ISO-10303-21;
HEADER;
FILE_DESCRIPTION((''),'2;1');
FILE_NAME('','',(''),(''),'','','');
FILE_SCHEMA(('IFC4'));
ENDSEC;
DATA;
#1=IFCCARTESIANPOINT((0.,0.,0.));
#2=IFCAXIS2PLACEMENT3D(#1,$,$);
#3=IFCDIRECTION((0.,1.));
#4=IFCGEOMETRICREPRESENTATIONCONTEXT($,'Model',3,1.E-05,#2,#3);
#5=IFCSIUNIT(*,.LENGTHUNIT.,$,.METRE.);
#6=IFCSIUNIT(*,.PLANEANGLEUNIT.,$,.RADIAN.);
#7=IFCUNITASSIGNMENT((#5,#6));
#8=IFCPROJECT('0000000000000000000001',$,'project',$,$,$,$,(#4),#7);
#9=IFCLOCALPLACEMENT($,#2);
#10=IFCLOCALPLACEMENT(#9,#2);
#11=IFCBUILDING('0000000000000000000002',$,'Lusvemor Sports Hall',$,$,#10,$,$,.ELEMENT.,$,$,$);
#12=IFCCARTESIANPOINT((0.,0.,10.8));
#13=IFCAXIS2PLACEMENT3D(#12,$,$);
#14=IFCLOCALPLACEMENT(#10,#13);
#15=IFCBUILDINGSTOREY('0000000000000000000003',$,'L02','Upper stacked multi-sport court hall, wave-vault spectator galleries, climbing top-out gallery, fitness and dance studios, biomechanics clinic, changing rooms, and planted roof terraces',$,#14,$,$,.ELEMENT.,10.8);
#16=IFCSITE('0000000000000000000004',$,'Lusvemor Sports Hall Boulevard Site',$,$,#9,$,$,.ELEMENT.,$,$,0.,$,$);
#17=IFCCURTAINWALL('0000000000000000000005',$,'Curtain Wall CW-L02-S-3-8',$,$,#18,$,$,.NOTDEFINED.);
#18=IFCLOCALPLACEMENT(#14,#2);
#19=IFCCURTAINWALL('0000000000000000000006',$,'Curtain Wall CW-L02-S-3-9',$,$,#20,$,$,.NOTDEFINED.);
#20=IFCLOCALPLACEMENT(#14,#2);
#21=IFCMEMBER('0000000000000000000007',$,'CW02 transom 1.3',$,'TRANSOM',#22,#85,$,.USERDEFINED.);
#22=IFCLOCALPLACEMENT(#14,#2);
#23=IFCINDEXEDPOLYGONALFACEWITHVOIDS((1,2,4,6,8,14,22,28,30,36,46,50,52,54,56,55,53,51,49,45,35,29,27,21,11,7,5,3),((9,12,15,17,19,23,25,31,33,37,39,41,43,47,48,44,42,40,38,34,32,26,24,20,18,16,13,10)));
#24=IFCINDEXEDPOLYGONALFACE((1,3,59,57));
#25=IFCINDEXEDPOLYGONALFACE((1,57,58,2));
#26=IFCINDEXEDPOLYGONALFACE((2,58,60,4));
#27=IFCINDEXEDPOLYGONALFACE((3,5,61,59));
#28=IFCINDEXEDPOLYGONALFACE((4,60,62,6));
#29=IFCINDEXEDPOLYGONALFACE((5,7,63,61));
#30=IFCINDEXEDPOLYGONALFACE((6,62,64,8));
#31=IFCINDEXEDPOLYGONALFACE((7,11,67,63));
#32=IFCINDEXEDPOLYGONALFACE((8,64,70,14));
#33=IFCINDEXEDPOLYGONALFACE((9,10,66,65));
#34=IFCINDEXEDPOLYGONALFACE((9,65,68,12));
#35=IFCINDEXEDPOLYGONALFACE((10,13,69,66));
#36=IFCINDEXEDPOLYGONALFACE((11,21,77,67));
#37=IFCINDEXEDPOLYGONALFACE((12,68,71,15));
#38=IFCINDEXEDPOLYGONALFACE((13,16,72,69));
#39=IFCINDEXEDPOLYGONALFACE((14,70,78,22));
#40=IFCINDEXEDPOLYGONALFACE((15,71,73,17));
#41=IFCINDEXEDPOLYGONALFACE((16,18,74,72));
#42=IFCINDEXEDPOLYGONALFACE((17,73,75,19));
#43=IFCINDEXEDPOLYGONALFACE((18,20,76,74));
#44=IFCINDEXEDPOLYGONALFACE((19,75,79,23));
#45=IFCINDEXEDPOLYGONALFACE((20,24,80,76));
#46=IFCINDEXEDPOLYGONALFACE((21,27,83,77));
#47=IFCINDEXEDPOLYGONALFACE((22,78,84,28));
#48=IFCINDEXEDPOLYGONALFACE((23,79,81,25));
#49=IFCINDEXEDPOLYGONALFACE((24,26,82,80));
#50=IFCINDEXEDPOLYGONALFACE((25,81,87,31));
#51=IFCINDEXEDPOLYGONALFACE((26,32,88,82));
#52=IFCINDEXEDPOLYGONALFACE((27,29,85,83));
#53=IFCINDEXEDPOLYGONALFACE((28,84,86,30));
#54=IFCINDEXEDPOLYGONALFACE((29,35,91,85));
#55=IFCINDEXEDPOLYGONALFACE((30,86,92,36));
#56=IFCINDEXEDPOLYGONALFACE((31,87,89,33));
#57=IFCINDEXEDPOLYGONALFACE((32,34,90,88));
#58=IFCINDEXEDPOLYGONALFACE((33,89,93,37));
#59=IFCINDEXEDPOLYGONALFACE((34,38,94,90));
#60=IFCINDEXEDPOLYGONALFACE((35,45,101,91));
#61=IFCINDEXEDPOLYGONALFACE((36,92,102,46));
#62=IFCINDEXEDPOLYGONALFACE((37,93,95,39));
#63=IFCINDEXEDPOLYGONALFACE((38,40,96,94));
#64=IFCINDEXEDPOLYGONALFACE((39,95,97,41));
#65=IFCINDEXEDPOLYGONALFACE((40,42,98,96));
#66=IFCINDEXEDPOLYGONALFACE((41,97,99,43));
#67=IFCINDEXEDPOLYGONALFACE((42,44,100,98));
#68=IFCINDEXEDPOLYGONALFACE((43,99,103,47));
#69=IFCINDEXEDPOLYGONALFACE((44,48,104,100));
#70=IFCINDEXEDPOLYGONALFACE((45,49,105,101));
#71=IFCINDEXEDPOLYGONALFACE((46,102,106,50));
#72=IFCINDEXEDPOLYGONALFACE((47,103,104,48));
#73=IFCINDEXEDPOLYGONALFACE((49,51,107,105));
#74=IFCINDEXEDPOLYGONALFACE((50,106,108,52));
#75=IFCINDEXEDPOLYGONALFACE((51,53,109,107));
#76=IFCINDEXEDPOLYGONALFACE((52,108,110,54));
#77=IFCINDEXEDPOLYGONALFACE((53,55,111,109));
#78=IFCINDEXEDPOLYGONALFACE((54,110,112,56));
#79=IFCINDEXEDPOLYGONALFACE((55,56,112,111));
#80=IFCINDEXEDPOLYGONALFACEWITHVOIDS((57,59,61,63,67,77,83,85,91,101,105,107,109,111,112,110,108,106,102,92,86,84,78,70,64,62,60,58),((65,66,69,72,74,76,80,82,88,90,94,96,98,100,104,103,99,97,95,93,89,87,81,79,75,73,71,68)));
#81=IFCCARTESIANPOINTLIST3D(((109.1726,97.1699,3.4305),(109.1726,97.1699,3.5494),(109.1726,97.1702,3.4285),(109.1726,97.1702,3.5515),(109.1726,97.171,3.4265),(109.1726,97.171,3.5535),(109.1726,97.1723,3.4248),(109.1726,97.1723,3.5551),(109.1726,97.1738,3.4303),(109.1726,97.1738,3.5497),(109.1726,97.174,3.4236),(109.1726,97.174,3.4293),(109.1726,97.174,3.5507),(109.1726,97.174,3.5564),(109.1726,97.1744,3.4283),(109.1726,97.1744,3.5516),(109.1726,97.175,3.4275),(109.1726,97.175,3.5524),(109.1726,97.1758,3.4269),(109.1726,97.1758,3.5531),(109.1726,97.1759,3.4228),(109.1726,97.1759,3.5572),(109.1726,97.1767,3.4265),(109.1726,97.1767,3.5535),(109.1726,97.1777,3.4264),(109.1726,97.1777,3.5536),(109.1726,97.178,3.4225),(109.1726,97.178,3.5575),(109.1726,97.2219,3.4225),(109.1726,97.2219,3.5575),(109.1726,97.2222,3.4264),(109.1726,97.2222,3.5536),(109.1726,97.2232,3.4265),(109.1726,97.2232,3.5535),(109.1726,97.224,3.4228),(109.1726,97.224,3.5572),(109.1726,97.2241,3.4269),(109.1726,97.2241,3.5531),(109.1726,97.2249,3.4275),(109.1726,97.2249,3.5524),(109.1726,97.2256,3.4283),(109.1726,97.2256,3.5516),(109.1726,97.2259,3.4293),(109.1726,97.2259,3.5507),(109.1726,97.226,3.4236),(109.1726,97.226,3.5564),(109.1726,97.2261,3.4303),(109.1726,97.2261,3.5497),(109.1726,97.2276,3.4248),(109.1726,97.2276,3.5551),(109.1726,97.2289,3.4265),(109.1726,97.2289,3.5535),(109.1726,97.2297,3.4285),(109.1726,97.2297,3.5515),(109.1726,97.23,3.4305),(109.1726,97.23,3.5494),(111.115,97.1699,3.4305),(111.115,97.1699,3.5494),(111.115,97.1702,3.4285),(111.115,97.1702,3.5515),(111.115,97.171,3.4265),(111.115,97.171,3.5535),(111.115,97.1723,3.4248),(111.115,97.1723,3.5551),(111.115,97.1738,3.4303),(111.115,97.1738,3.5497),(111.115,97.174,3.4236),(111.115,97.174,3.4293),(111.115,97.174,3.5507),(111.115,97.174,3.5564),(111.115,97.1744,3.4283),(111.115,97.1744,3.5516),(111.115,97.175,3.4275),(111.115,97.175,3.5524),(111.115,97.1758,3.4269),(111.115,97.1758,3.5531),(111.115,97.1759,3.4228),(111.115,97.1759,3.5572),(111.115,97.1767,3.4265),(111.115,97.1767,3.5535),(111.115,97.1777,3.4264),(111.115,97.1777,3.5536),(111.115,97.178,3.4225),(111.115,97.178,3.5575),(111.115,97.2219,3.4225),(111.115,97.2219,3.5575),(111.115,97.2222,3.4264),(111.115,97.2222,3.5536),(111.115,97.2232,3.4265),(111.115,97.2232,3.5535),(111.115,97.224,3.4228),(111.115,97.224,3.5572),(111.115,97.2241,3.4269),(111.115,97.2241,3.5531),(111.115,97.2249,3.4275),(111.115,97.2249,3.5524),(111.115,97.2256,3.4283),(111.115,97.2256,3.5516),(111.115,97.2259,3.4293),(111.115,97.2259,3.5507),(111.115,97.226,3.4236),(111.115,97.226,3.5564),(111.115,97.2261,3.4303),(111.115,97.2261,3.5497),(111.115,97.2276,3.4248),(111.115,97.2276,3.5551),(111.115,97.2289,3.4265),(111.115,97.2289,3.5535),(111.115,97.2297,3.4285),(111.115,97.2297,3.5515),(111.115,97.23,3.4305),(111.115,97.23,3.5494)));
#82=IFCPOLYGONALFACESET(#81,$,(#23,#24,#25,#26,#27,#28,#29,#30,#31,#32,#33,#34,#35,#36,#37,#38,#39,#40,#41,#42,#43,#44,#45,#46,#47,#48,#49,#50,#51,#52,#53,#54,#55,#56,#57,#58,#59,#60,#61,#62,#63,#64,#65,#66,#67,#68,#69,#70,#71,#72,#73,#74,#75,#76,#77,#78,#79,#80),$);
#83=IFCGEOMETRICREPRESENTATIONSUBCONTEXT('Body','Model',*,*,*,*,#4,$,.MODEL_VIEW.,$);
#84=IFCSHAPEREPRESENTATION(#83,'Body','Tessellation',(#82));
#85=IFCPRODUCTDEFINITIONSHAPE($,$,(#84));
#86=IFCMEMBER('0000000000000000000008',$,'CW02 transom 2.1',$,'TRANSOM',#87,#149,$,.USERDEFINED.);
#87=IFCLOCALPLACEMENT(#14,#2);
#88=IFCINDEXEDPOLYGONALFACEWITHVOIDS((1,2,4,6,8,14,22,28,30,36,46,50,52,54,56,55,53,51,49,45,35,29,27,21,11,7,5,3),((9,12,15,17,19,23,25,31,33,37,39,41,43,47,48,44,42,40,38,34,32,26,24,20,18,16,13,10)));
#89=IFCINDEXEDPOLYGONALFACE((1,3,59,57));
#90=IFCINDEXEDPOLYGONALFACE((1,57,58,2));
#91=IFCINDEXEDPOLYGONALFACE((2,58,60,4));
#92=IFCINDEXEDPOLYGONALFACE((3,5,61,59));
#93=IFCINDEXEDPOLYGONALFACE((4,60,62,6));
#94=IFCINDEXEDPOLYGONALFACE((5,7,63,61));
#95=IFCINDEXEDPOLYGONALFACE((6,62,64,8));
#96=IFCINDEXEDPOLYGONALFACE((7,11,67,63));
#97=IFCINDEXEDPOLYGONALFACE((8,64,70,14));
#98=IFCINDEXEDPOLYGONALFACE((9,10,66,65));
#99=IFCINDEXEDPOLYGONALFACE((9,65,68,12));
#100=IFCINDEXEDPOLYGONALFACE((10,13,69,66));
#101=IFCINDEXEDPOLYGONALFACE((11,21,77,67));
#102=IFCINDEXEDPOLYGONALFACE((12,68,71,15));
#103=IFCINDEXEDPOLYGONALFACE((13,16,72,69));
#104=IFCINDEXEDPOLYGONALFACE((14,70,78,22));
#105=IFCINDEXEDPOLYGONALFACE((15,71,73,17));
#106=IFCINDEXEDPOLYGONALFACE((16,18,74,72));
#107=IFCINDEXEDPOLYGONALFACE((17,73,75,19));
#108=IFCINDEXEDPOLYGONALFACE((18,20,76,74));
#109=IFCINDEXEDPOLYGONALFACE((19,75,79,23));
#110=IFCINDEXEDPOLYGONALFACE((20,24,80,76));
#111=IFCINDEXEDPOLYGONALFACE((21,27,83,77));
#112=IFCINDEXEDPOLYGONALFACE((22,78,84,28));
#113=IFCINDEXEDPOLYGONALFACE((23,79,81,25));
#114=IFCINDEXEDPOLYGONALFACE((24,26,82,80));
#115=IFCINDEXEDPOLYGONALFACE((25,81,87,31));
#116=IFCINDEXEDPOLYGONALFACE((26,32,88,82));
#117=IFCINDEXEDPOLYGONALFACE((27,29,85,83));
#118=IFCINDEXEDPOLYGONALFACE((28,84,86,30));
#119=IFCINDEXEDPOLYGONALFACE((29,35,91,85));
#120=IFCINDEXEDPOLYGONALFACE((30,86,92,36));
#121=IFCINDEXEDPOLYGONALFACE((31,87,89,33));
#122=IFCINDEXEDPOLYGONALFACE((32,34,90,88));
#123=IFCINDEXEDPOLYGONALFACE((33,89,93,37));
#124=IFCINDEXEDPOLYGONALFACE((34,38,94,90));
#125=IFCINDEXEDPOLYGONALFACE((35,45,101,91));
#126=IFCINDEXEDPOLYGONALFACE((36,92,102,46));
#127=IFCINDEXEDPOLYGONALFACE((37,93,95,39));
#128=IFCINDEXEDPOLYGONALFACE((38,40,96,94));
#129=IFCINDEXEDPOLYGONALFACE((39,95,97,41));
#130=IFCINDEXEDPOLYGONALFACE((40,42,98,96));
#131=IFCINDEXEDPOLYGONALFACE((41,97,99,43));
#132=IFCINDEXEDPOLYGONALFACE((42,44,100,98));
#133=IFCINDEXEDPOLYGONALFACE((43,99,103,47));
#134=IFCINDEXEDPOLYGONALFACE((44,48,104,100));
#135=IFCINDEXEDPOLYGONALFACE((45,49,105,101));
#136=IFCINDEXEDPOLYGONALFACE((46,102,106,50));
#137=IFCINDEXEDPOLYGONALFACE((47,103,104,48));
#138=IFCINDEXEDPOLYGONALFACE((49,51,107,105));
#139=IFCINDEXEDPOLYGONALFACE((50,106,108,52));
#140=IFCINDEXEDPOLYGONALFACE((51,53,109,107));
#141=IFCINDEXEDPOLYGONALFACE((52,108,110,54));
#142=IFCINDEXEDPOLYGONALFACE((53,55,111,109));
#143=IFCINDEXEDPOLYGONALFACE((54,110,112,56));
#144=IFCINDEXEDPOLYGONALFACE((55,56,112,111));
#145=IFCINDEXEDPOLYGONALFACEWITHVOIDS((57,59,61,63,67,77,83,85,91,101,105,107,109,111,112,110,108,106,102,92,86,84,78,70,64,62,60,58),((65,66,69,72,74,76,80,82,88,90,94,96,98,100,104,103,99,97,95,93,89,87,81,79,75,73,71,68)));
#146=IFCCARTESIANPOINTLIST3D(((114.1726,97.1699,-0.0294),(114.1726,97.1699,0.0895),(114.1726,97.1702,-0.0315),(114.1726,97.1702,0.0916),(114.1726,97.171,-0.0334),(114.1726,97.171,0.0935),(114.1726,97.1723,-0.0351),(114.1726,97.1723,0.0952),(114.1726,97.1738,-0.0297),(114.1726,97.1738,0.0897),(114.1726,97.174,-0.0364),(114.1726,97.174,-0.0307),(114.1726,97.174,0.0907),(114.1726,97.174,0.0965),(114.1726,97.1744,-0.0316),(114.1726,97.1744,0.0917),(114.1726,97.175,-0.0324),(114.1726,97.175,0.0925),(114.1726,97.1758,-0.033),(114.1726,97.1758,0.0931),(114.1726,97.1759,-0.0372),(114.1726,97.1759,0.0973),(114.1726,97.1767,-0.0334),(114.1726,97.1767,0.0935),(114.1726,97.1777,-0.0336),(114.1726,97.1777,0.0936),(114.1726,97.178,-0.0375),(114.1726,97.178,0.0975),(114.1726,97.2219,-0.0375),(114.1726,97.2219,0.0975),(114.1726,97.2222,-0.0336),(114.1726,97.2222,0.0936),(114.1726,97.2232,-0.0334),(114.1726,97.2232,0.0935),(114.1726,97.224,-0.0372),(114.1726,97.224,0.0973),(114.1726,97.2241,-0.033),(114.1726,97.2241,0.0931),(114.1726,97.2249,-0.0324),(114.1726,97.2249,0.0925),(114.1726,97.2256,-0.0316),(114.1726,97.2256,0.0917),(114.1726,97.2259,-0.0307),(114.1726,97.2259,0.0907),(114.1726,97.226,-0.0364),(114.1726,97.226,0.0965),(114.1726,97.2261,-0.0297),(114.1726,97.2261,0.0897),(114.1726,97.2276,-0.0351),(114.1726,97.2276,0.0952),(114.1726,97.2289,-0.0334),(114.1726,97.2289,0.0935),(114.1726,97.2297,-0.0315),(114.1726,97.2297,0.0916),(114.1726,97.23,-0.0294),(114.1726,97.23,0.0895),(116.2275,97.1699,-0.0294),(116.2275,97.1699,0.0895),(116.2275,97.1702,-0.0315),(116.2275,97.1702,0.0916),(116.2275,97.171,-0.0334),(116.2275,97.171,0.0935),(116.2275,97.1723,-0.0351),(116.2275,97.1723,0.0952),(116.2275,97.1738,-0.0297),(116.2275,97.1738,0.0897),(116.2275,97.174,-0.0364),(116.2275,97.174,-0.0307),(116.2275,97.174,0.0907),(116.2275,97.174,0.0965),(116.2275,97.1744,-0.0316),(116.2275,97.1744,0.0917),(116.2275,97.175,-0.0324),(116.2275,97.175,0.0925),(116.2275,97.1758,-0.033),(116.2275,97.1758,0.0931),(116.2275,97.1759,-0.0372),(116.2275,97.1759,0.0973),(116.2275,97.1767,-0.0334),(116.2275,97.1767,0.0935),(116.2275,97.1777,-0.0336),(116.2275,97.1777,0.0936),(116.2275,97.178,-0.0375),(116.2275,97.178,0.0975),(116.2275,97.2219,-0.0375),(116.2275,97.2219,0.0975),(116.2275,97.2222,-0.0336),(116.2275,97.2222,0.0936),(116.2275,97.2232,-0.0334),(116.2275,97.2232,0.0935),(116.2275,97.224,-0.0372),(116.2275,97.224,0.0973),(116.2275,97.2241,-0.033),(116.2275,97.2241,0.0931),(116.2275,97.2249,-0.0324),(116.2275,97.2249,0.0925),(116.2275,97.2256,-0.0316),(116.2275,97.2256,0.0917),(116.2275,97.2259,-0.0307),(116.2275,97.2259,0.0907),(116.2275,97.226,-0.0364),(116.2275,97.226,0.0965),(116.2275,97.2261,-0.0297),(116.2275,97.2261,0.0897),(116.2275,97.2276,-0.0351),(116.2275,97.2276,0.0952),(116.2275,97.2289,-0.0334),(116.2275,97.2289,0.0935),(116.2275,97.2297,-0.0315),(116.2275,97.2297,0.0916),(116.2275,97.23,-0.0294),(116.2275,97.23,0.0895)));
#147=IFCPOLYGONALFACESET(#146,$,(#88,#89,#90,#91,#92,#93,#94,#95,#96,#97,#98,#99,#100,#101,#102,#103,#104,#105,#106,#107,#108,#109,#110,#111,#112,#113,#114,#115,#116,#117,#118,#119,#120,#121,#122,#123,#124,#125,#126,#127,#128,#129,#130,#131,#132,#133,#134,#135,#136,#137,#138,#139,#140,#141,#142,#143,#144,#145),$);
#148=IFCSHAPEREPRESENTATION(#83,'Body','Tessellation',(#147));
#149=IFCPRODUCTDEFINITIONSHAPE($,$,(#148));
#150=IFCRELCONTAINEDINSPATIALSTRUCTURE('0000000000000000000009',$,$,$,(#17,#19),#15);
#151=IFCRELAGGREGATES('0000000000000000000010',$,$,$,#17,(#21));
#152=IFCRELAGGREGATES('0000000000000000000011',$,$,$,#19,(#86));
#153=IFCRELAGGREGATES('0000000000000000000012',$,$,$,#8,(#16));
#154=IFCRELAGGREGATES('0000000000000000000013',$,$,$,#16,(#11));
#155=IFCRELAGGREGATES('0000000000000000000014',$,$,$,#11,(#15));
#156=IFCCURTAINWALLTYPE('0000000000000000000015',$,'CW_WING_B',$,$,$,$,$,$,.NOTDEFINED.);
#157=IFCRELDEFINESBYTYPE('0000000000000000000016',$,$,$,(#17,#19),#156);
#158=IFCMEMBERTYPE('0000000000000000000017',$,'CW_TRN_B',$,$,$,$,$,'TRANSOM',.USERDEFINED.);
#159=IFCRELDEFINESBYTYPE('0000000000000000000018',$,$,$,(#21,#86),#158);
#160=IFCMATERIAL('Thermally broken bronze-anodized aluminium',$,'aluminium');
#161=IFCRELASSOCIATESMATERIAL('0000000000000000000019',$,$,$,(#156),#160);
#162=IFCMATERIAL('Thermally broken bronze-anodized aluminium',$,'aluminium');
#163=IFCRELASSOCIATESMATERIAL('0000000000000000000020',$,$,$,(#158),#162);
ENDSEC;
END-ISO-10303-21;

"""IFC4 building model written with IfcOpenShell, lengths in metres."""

from ifc_helpers import new_model, si_unit, direction, frame, origin, origin_2d, place, context, subcontext, project, spatial, hollow_rectangle, extrude, material, material_profile, profile_set, type_object, element, aggregate, save


model = new_model("IFC4")

# Units and contexts
model_context = context("Model", 3, precision=1e-05, world=origin(), true_north=direction((0.0, 1.0)))
body_context = subcontext(model_context, "Body", "Model", "MODEL_VIEW")
ifc_project = project(units=[si_unit("LENGTHUNIT", "METRE"), si_unit("PLANEANGLEUNIT", "RADIAN")], contexts=[model_context])

# Site, building, storey
site_placement = place(None, origin())
site = spatial("IfcSite", under=ifc_project, at=site_placement, Name="Lusvemor Sports Hall Boulevard Site", CompositionType="ELEMENT", RefElevation=0.0)
building_placement = place(site_placement, origin())
building = spatial("IfcBuilding", under=site, at=building_placement, Name="Lusvemor Sports Hall", CompositionType="ELEMENT")
storey_placement = place(building_placement, frame((0.0, 0.0, 10.8)))
storey = spatial("IfcBuildingStorey", under=building, at=storey_placement, Name="L02", Description="Upper stacked multi-sport court hall, wave-vault spectator galleries, climbing top-out gallery, fitness and dance studios, biomechanics clinic, changing rooms, and planted roof terraces", CompositionType="ELEMENT", Elevation=10.8)

# Curtain wall
ifc_material_1 = material(Name="Thermally broken bronze-anodized aluminium", Category="aluminium")
curtain_wall_type = type_object("IfcCurtainWallType", Name="CW_WING_B", PredefinedType="NOTDEFINED", material=ifc_material_1)
curtain_wall_1_placement = place(storey_placement, origin())
curtain_wall_1 = element("IfcCurtainWall", 1, at=curtain_wall_1_placement, inside=storey, type_object=curtain_wall_type, Name="Curtain Wall CW-L02-S-3-8", PredefinedType="NOTDEFINED")

# Curtain wall
curtain_wall_2_placement = place(storey_placement, origin())
curtain_wall_2 = element("IfcCurtainWall", 2, at=curtain_wall_2_placement, inside=storey, type_object=curtain_wall_type, Name="Curtain Wall CW-L02-S-3-9", PredefinedType="NOTDEFINED")

# Members
ifc_material_2 = material(Name="Thermally broken bronze-anodized aluminium", Category="aluminium")
ifc_material_profile_1 = material_profile(ifc_material_2, hollow_rectangle(XDim=0.0601, YDim=0.135, WallThickness=0.0039, InnerFilletRadius=0.0039, OuterFilletRadius=0.0081, at=origin_2d()), Name="CWTRN135x60x4")
ifc_profile_set_1 = profile_set([ifc_material_profile_1], Name="Thermally broken bronze-anodized aluminium")
member_type_1 = type_object("IfcMemberType", Name="CW_TRN_B", ElementType="TRANSOM", PredefinedType="USERDEFINED", material=ifc_profile_set_1)
member_1_placement = place(storey_placement, frame((111.115, 97.2, 3.49), z_axis=(-1.0, 0.0, 0.0), x_axis=(0.0, -1.0, 0.0)))
member_1 = element("IfcMember", 3, at=member_1_placement, type_object=member_type_1, Name="CW02 transom 1.3", ObjectType="TRANSOM", PredefinedType="USERDEFINED", context=body_context, shape_type="SweptSolid", body=[
    extrude(hollow_rectangle(XDim=0.0601, YDim=0.135, WallThickness=0.0039, InnerFilletRadius=0.0039, OuterFilletRadius=0.0081, at=origin_2d()), origin(), (0.0, 0.0, 1.0), 1.9424),
])
member_2_placement = place(storey_placement, frame((116.2275, 97.2, 0.03), z_axis=(-1.0, 0.0, 0.0), x_axis=(0.0, -1.0, 0.0)))
member_2 = element("IfcMember", 4, at=member_2_placement, type_object=member_type_1, Name="CW02 transom 2.1", ObjectType="TRANSOM", PredefinedType="USERDEFINED", context=body_context, shape_type="SweptSolid", body=[
    extrude(hollow_rectangle(XDim=0.0601, YDim=0.135, WallThickness=0.0039, InnerFilletRadius=0.0039, OuterFilletRadius=0.0081, at=origin_2d()), origin(), (0.0, 0.0, 1.0), 2.0549),
])

aggregate(curtain_wall_1, [member_1])
aggregate(curtain_wall_2, [member_2])

save(model, "model.ifc")
